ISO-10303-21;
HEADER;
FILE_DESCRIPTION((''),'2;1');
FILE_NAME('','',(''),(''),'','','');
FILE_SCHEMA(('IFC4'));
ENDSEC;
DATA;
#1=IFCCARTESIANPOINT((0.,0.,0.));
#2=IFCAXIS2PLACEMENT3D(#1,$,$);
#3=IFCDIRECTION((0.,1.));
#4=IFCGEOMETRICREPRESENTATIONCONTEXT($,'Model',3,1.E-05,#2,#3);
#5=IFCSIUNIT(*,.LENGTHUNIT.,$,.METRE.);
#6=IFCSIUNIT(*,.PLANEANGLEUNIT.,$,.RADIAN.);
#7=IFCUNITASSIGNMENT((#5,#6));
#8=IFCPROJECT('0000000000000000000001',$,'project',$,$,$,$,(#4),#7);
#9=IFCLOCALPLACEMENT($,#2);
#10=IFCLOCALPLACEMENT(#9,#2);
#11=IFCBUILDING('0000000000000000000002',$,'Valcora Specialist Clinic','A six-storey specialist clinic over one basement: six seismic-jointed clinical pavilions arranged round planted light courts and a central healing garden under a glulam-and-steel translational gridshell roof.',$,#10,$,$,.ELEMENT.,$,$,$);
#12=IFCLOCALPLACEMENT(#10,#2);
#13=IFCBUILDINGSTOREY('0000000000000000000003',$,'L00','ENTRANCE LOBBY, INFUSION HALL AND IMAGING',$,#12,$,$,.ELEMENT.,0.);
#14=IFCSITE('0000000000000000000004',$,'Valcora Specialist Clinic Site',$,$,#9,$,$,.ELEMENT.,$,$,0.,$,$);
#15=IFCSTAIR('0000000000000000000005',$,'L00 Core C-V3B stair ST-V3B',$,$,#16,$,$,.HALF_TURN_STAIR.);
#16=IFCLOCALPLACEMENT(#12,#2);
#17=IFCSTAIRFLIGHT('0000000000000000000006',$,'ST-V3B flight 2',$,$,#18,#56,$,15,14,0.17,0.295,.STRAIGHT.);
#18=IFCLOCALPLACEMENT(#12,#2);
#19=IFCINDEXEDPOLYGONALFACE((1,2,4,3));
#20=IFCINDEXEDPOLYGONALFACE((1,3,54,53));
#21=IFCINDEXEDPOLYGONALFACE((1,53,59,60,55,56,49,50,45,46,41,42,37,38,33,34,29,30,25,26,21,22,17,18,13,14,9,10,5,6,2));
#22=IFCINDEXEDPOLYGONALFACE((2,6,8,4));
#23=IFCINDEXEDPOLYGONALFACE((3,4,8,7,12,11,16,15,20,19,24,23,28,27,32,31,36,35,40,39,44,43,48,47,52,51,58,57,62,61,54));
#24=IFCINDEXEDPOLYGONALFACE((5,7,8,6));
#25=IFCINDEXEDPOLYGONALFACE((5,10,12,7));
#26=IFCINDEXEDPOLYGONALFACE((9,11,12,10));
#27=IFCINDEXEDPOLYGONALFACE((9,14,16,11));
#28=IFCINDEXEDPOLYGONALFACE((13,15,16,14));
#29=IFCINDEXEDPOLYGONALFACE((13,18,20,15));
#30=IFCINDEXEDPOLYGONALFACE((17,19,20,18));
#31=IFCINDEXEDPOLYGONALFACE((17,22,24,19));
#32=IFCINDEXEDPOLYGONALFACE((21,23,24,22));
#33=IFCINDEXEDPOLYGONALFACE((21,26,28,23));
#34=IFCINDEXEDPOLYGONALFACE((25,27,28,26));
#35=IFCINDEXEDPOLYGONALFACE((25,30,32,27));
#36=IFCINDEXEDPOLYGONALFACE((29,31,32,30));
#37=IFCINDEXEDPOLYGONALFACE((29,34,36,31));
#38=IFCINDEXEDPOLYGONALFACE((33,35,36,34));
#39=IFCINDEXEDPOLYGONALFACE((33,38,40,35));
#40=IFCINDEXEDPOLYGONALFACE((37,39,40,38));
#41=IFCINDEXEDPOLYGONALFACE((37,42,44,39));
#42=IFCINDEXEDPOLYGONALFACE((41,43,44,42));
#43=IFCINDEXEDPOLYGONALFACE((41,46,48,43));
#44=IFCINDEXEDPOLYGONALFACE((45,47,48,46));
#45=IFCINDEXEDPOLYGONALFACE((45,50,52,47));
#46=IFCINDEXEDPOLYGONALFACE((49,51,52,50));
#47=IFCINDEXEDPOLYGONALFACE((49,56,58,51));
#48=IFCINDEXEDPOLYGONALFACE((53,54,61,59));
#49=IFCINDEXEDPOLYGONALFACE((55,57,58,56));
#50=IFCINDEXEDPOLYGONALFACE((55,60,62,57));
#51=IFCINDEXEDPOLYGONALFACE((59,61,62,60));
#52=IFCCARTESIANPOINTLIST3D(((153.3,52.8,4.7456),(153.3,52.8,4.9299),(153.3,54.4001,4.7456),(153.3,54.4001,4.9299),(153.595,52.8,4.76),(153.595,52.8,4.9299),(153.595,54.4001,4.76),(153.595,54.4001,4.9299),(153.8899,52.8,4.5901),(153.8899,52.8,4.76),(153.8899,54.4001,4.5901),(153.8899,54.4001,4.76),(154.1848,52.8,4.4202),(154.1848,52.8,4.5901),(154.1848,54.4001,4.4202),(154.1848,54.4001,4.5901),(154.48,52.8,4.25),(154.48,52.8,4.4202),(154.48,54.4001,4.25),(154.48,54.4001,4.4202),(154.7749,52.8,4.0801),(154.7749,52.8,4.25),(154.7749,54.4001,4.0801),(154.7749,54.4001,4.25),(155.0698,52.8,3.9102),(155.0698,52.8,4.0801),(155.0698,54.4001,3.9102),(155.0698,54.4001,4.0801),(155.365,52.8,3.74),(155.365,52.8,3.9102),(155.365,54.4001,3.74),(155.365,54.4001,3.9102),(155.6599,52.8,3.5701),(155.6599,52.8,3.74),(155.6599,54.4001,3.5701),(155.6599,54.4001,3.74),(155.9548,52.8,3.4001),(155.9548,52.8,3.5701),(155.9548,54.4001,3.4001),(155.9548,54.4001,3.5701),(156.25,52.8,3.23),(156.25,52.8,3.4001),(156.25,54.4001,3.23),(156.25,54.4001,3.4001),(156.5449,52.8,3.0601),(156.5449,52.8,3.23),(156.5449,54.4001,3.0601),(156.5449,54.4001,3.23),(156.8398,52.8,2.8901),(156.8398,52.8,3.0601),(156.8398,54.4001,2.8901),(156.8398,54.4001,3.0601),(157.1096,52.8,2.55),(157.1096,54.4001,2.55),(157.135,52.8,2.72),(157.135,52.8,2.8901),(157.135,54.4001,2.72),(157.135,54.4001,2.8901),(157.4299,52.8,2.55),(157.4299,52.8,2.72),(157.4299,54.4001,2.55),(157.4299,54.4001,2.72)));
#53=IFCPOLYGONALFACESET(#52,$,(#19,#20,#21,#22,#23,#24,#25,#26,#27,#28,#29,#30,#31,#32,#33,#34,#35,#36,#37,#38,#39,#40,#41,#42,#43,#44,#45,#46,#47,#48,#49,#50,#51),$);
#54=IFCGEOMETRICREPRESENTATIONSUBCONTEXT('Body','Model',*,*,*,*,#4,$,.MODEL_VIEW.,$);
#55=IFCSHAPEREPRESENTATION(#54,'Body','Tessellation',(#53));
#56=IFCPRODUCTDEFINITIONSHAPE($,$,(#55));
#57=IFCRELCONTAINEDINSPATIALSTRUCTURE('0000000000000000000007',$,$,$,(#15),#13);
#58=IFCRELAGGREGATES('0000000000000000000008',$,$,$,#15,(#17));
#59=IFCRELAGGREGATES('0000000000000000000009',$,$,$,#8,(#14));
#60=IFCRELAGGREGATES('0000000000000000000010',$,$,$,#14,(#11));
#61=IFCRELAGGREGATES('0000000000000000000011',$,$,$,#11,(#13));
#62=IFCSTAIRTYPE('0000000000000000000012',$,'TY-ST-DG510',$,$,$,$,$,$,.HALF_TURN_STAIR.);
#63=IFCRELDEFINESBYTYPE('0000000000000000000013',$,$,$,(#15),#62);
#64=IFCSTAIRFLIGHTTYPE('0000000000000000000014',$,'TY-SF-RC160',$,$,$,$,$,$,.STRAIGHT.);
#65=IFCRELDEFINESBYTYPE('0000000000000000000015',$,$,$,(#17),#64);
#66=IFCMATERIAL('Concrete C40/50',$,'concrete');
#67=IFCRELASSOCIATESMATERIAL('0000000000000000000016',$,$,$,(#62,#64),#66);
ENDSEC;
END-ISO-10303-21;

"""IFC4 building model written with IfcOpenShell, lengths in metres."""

from ifc_helpers import new_model, si_unit, direction, frame, origin, place, context, subcontext, project, spatial, polyline, outline, extrude, material, type_object, element, aggregate, save


model = new_model("IFC4")

# Units and contexts
model_context = context("Model", 3, precision=1e-05, world=origin(), true_north=direction((0.0, 1.0)))
body_context = subcontext(model_context, "Body", "Model", "MODEL_VIEW")
ifc_project = project(units=[si_unit("LENGTHUNIT", "METRE"), si_unit("PLANEANGLEUNIT", "RADIAN")], contexts=[model_context])

# Site, building, storey
site_placement = place(None, origin())
site = spatial("IfcSite", under=ifc_project, at=site_placement, Name="Valcora Specialist Clinic Site", CompositionType="ELEMENT", RefElevation=0.0)
building_placement = place(site_placement, origin())
building = spatial("IfcBuilding", under=site, at=building_placement, Name="Valcora Specialist Clinic", Description="A six-storey specialist clinic over one basement: six seismic-jointed clinical pavilions arranged round planted light courts and a central healing garden under a glulam-and-steel translational gridshell roof.", CompositionType="ELEMENT")
storey_placement = place(building_placement, origin())
storey = spatial("IfcBuildingStorey", under=building, at=storey_placement, Name="L00", Description="ENTRANCE LOBBY, INFUSION HALL AND IMAGING", CompositionType="ELEMENT", Elevation=0.0)

# Shared definitions
ifc_material_1 = material(Name="Concrete C40/50", Category="concrete")

# Stair, stair flight
stair_type = type_object("IfcStairType", Name="TY-ST-DG510", PredefinedType="HALF_TURN_STAIR", material=ifc_material_1)
stair_placement = place(storey_placement, origin())
stair = element("IfcStair", 1, at=stair_placement, inside=storey, type_object=stair_type, Name="L00 Core C-V3B stair ST-V3B", PredefinedType="HALF_TURN_STAIR")
stair_flight_type = type_object("IfcStairFlightType", Name="TY-SF-RC160", PredefinedType="STRAIGHT", material=ifc_material_1)
stair_flight_1_placement = place(storey_placement, frame((157.4299, 53.6001, 2.55), z_axis=(0.0, 0.0, 1.0), x_axis=(-1.0, 0.0, 0.0)))
stair_flight_1 = element("IfcStairFlight", 2, at=stair_flight_1_placement, type_object=stair_flight_type, Name="ST-V3B flight 2", NumberOfRisers=15, NumberOfTreads=14, PredefinedType="STRAIGHT", RiserHeight=0.17, TreadLength=0.295, context=body_context, shape_type="SweptSolid", body=[
    extrude(outline(polyline([(0.0, 0.0), (0.0, 0.1699), (0.2949, 0.1699), (0.2949, 0.3401), (0.5901, 0.3401), (0.5901, 0.51), (0.885, 0.51), (0.885, 0.6799), (1.1799, 0.6799), (1.1799, 0.8501), (1.4751, 0.8501), (1.4751, 1.02), (1.77, 1.02), (1.77, 1.1899), (2.0649, 1.1899), (2.0649, 1.3601), (2.3601, 1.3601), (2.3601, 1.53), (2.655, 1.53), (2.655, 1.7), (2.95, 1.7), (2.95, 1.8701), (3.2451, 1.8701), (3.2451, 2.04), (3.54, 2.04), (3.54, 2.21), (3.835, 2.21), (3.835, 2.3799), (4.1299, 2.3799), (4.1299, 2.55), (4.1299, 2.1956), (0.3203, 0.0), (0.0, 0.0)])), frame((0.0, 0.8, 0.0), z_axis=(0.0, -1.0, 0.0), x_axis=(1.0, 0.0, 0.0)), (0.0, 0.0, 1.0), 1.6001),
])
aggregate(stair, [stair_flight_1])

save(model, "model.ifc")
